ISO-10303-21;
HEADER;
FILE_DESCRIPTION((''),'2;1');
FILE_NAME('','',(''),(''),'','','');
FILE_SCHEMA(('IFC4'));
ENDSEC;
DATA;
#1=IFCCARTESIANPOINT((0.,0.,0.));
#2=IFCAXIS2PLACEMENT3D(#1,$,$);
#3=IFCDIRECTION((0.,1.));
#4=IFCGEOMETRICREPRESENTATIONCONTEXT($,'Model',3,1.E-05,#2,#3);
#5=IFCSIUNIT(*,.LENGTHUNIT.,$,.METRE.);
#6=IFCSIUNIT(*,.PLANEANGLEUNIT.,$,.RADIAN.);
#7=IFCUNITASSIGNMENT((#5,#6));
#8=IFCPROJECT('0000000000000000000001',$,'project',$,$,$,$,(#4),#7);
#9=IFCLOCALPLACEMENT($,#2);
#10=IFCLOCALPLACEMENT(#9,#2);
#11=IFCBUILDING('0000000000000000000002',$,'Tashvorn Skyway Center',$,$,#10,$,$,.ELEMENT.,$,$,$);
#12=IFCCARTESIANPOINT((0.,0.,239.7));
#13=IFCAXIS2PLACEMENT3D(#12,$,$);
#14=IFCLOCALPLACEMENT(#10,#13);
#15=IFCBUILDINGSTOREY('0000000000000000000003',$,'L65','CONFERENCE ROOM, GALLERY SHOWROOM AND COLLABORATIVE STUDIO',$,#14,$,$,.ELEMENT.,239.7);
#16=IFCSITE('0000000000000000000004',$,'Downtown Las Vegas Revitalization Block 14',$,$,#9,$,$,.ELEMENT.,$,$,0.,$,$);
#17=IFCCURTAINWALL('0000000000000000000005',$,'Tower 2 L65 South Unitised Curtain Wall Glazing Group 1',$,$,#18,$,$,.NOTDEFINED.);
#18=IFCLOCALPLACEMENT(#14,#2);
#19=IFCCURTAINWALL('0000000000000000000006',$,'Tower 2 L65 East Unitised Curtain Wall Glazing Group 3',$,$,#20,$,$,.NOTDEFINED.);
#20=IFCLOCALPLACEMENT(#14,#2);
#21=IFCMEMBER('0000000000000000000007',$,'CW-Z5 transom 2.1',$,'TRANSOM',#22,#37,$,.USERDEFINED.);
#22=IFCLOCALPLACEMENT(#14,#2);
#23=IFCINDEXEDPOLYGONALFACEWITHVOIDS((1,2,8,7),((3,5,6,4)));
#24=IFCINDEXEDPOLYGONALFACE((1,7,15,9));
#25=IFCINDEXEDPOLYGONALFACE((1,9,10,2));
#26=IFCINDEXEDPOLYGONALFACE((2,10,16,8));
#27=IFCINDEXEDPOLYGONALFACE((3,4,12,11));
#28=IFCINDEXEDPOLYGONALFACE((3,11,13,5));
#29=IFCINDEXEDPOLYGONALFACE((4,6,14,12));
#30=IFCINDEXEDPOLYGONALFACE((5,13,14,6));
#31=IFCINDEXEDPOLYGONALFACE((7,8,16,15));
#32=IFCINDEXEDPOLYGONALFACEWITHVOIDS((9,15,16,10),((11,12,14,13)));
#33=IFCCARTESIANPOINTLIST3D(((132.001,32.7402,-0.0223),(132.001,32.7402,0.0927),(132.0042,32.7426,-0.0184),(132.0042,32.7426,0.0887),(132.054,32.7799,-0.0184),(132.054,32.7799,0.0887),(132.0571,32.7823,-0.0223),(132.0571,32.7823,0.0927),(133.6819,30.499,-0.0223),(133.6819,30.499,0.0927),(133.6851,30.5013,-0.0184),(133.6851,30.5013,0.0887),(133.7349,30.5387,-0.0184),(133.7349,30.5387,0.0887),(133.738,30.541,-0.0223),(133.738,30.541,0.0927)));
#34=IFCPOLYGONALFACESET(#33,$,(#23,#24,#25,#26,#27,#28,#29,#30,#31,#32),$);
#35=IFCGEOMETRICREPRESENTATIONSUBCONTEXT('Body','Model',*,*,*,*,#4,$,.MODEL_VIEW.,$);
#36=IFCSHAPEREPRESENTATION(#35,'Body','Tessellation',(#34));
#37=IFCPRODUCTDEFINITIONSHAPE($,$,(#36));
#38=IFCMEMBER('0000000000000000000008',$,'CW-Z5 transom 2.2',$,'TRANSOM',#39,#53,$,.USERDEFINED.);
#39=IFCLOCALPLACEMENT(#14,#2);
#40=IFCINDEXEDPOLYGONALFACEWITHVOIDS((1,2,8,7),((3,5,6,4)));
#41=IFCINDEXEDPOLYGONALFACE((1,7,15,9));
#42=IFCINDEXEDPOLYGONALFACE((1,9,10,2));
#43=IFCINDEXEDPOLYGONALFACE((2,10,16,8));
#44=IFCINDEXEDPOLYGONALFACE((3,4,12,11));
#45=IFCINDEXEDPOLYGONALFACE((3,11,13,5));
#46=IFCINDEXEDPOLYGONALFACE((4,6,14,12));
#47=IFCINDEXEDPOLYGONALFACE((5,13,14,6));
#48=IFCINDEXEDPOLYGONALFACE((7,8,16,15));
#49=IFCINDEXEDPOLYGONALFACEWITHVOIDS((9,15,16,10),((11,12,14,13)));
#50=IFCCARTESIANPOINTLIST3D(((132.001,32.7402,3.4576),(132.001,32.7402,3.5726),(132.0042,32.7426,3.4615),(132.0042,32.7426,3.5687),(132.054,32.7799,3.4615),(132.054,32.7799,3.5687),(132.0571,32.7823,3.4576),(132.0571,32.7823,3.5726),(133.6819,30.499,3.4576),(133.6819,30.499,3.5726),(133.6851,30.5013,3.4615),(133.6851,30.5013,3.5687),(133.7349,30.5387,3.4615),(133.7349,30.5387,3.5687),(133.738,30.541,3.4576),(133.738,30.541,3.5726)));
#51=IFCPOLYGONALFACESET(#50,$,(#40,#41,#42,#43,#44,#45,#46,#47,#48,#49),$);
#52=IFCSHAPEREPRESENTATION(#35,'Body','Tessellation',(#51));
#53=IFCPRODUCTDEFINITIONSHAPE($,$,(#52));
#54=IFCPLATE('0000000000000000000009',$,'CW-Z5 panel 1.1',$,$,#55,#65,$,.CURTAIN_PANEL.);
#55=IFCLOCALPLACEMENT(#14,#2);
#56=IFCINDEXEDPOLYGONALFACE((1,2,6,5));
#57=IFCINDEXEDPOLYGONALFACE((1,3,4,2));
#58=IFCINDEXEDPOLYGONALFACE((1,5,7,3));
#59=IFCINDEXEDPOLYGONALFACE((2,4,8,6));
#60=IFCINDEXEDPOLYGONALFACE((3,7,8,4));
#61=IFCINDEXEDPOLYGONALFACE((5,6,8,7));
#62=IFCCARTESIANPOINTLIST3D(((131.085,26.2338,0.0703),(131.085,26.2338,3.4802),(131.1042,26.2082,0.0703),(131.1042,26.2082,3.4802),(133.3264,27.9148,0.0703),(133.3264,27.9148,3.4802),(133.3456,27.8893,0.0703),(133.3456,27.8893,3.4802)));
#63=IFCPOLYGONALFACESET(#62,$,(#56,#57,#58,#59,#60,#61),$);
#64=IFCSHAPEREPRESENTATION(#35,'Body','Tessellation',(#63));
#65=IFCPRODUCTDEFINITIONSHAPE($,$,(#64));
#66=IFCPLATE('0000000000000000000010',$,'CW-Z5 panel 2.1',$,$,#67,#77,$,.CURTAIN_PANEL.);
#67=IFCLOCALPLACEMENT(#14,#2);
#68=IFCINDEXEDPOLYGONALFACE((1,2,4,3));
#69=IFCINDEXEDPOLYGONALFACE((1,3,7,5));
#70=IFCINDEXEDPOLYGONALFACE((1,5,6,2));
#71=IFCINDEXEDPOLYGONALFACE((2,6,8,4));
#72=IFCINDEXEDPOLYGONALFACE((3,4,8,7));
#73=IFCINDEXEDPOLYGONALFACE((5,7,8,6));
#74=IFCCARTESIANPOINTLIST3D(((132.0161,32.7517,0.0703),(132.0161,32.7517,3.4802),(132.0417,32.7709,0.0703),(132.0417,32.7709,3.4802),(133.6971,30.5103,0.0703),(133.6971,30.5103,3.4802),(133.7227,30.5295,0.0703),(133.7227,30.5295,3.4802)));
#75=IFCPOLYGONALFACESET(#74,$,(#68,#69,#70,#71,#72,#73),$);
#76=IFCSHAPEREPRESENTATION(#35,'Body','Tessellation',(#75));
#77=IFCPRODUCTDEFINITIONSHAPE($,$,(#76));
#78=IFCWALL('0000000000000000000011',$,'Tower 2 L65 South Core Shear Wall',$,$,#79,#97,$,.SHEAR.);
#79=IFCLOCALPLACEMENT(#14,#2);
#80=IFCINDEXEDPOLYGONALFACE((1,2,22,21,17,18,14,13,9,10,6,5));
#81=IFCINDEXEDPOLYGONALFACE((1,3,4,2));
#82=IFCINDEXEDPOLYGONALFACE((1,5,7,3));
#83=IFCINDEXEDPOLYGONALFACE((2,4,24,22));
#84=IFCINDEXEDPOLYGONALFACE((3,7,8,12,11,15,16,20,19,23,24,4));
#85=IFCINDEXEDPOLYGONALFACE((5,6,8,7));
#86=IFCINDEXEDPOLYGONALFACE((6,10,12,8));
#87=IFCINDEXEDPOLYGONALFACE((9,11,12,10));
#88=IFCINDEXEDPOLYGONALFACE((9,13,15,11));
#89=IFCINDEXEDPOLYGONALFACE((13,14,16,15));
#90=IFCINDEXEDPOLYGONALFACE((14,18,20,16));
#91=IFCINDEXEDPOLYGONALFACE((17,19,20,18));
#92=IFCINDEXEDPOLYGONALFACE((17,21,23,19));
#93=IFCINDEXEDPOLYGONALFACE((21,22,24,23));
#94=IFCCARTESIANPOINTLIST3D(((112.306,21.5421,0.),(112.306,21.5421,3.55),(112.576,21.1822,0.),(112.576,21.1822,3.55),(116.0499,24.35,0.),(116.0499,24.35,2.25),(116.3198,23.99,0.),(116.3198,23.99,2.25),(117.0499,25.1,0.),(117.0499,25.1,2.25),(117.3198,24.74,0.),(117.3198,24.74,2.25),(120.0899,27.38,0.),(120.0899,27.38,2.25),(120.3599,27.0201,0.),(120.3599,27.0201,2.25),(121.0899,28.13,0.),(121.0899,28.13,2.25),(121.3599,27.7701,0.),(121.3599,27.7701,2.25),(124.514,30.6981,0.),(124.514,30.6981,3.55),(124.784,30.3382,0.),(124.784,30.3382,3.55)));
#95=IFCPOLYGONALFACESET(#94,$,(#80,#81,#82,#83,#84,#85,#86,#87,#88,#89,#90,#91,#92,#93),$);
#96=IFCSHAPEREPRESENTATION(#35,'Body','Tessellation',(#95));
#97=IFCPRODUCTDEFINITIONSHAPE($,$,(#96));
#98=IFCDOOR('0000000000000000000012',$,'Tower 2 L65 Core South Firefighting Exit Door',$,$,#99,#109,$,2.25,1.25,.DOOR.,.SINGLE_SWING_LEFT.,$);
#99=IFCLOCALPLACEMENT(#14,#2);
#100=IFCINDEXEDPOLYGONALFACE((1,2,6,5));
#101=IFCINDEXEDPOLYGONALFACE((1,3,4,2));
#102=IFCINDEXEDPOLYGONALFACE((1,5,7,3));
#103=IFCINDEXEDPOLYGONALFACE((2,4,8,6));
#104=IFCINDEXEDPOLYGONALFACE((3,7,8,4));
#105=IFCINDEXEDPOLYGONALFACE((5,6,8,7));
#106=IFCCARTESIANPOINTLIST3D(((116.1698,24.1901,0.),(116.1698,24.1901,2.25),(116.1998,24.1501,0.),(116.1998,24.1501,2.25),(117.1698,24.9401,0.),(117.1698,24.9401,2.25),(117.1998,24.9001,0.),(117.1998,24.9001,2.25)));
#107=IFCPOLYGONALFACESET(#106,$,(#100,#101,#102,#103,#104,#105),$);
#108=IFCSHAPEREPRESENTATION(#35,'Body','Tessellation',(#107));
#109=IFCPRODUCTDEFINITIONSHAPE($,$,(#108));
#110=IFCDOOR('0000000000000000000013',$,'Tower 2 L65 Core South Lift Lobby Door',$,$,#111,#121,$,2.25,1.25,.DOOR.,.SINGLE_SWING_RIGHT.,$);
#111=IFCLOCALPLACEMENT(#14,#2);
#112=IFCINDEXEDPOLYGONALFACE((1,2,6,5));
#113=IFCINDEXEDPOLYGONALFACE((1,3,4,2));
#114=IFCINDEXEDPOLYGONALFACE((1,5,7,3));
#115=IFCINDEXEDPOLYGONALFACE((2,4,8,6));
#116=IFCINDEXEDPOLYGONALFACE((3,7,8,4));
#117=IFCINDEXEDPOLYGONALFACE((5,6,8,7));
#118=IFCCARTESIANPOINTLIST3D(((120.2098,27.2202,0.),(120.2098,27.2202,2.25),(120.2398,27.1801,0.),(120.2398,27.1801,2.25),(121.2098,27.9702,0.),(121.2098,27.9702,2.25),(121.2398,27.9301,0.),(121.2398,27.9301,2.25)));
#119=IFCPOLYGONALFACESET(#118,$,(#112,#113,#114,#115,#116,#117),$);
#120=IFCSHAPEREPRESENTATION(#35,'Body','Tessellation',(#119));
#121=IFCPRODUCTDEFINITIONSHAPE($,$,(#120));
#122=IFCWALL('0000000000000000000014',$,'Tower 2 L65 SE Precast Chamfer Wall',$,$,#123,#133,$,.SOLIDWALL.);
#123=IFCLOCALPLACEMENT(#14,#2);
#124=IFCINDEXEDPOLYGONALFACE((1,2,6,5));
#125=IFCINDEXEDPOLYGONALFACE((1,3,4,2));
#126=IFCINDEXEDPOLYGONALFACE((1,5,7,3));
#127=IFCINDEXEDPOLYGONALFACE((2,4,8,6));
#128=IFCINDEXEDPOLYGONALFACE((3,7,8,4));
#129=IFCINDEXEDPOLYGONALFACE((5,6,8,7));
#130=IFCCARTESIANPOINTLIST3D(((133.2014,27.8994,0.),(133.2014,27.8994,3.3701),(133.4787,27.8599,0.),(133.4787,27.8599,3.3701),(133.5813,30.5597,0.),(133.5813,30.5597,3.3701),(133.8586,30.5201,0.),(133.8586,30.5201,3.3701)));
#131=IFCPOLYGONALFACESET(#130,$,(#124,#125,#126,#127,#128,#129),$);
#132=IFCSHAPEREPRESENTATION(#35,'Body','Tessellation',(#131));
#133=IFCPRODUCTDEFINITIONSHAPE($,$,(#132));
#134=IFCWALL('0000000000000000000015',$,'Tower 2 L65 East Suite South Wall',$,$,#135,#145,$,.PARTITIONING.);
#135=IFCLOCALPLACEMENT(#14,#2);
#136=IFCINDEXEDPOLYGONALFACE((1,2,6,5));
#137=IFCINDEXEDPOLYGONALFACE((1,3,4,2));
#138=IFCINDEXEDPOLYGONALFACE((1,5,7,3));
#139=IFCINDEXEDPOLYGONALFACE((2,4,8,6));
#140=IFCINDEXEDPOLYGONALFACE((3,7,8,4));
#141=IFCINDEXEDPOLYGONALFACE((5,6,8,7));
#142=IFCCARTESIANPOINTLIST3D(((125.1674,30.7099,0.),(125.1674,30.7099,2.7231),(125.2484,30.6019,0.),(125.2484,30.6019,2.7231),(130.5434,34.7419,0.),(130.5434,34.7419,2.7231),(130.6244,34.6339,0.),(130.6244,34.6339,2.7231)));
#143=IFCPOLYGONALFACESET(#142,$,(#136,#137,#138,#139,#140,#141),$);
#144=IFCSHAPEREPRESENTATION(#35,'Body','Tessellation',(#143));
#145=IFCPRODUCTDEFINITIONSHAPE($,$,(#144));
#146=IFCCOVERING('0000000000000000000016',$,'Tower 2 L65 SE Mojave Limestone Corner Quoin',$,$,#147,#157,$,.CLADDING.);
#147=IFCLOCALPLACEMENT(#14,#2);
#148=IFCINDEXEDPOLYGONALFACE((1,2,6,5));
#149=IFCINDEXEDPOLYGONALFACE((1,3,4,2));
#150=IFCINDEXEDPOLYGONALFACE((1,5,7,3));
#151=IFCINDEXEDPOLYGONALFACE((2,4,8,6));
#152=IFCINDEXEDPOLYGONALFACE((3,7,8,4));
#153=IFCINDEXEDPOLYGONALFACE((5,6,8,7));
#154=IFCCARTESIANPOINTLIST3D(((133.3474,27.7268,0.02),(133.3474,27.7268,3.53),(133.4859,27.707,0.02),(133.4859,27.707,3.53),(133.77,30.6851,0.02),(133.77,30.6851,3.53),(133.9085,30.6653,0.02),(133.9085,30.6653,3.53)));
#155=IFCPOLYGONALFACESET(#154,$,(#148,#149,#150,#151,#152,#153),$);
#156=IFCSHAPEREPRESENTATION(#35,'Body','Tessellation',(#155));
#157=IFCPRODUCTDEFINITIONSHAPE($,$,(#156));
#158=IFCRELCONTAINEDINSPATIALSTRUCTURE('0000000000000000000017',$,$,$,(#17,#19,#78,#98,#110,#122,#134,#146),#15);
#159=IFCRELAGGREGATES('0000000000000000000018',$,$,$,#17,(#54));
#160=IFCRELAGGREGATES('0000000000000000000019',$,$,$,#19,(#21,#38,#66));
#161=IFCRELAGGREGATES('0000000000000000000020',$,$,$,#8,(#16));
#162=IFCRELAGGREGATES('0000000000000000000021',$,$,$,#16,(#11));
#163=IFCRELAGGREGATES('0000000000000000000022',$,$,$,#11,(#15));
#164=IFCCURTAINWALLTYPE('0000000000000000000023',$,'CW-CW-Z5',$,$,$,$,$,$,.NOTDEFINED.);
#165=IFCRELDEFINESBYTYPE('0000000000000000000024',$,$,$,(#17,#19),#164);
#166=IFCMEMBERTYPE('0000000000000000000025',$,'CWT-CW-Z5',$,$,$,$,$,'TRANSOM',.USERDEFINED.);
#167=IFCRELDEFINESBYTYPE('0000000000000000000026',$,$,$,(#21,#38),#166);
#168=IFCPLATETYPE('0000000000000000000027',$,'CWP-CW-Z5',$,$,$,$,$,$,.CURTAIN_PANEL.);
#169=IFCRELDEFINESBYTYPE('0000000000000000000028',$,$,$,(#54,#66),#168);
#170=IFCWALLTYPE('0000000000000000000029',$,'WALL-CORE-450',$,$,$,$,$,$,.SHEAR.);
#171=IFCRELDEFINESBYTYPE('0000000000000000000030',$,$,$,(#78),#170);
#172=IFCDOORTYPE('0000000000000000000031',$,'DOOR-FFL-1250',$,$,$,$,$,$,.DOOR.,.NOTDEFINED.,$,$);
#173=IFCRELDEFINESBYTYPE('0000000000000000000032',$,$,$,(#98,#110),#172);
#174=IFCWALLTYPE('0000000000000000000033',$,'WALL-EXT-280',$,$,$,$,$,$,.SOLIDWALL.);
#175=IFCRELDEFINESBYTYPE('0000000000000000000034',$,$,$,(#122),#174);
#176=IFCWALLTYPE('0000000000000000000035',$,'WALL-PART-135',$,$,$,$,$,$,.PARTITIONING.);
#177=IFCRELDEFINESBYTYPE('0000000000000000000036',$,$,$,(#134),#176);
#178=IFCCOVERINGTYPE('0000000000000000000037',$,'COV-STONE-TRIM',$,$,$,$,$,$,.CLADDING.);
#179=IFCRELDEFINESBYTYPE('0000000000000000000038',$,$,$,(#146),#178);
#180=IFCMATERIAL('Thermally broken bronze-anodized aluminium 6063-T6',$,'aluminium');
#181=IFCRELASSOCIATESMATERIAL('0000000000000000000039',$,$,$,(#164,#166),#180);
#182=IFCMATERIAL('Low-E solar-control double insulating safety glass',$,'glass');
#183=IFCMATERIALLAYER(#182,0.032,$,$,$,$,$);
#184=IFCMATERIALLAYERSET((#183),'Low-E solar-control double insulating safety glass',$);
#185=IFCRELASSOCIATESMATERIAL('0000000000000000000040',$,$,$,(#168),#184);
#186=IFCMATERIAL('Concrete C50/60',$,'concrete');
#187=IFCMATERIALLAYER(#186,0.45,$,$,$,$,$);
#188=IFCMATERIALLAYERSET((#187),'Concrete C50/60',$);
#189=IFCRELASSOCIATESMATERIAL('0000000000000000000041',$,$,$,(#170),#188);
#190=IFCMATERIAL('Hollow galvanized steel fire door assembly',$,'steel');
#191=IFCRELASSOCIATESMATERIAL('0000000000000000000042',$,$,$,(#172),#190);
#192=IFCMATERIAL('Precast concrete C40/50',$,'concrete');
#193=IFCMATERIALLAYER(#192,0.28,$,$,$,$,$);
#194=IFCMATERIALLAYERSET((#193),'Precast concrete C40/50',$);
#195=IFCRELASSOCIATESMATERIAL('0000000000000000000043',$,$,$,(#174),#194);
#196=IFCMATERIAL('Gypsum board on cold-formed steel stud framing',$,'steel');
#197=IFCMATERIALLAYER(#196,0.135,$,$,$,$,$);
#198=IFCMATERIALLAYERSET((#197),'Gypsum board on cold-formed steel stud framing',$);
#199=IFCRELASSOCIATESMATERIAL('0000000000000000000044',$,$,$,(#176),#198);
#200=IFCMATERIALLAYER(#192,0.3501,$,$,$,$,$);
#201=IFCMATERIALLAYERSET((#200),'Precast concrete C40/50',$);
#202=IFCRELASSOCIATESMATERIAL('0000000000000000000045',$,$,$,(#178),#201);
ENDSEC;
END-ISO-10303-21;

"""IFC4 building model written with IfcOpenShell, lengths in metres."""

from ifc_helpers import new_model, si_unit, direction, frame, frame_2d, origin, origin_2d, place, context, subcontext, project, spatial, rectangle, hollow_rectangle, extrude, material, layer, layer_set, material_profile, profile_set, type_object, element, fill, aggregate, save


model = new_model("IFC4")

# Units and contexts
model_context = context("Model", 3, precision=1e-05, world=origin(), true_north=direction((0.0, 1.0)))
body_context = subcontext(model_context, "Body", "Model", "MODEL_VIEW")
ifc_project = project(units=[si_unit("LENGTHUNIT", "METRE"), si_unit("PLANEANGLEUNIT", "RADIAN")], contexts=[model_context])

# Site, building, storey
site_placement = place(None, origin())
site = spatial("IfcSite", under=ifc_project, at=site_placement, Name="Downtown Las Vegas Revitalization Block 14", CompositionType="ELEMENT", RefElevation=0.0)
building_placement = place(site_placement, origin())
building = spatial("IfcBuilding", under=site, at=building_placement, Name="Tashvorn Skyway Center", CompositionType="ELEMENT")
storey_placement = place(building_placement, frame((0.0, 0.0, 239.7)))
storey = spatial("IfcBuildingStorey", under=building, at=storey_placement, Name="L65", Description="CONFERENCE ROOM, GALLERY SHOWROOM AND COLLABORATIVE STUDIO", CompositionType="ELEMENT", Elevation=239.7)

# Curtain wall
ifc_material_1 = material(Name="Thermally broken bronze-anodized aluminium 6063-T6", Category="aluminium")
curtain_wall_type = type_object("IfcCurtainWallType", Name="CW-CW-Z5", PredefinedType="NOTDEFINED", material=ifc_material_1)
curtain_wall_1_placement = place(storey_placement, origin())
curtain_wall_1 = element("IfcCurtainWall", 1, at=curtain_wall_1_placement, inside=storey, type_object=curtain_wall_type, Name="Tower 2 L65 South Unitised Curtain Wall Glazing Group 1", PredefinedType="NOTDEFINED")

# Curtain wall
curtain_wall_2_placement = place(storey_placement, origin())
curtain_wall_2 = element("IfcCurtainWall", 2, at=curtain_wall_2_placement, inside=storey, type_object=curtain_wall_type, Name="Tower 2 L65 East Unitised Curtain Wall Glazing Group 3", PredefinedType="NOTDEFINED")

# Members
ifc_material_profile_1 = material_profile(ifc_material_1, hollow_rectangle(XDim=0.0701, YDim=0.115, WallThickness=0.0039, at=origin_2d()), Name="ALU-TRAN-70x115")
ifc_profile_set_1 = profile_set([ifc_material_profile_1], Name="Thermally broken bronze-anodized aluminium 6063-T6")
member_type_1 = type_object("IfcMemberType", Name="CWT-CW-Z5", ElementType="TRANSOM", PredefinedType="USERDEFINED", material=ifc_profile_set_1)
member_1_placement = place(storey_placement, frame((132.0291, 32.7612, 0.0352), z_axis=(0.6, -0.8, 0.0), x_axis=(0.8, 0.6, 0.0)))
member_1 = element("IfcMember", 3, at=member_1_placement, type_object=member_type_1, Name="CW-Z5 transom 2.1", ObjectType="TRANSOM", PredefinedType="USERDEFINED", context=body_context, shape_type="SweptSolid", body=[
    extrude(hollow_rectangle(XDim=0.0701, YDim=0.115, WallThickness=0.0039, at=origin_2d()), origin(), (0.0, 0.0, 1.0), 2.8015),
])
member_2_placement = place(storey_placement, frame((132.0291, 32.7612, 3.5151), z_axis=(0.6, -0.8, 0.0), x_axis=(0.8, 0.6, 0.0)))
member_2 = element("IfcMember", 4, at=member_2_placement, type_object=member_type_1, Name="CW-Z5 transom 2.2", ObjectType="TRANSOM", PredefinedType="USERDEFINED", context=body_context, shape_type="SweptSolid", body=[
    extrude(hollow_rectangle(XDim=0.0701, YDim=0.115, WallThickness=0.0039, at=origin_2d()), origin(), (0.0, 0.0, 1.0), 2.8015),
])

# Plates
ifc_material_2 = material(Name="Low-E solar-control double insulating safety glass", Category="glass")
ifc_layer_1 = layer(ifc_material_2, 0.032)
ifc_layer_set_1 = layer_set([ifc_layer_1], Name="Low-E solar-control double insulating safety glass")
plate_type = type_object("IfcPlateType", Name="CWP-CW-Z5", PredefinedType="CURTAIN_PANEL", material=ifc_layer_set_1)
plate_1_placement = place(storey_placement, frame((132.2153, 27.0615, 0.0703), z_axis=(0.0, 0.0, 1.0), x_axis=(-0.800002, -0.599997, 0.0)))
plate_1 = element("IfcPlate", 5, at=plate_1_placement, type_object=plate_type, Name="CW-Z5 panel 1.1", PredefinedType="CURTAIN_PANEL", context=body_context, shape_type="SweptSolid", body=[
    extrude(rectangle(XDim=2.8018, YDim=0.032, at=origin_2d()), origin(), (0.0, 0.0, 1.0), 3.4099),
])
aggregate(curtain_wall_1, [plate_1])
plate_2_placement = place(storey_placement, frame((132.8694, 31.6406, 0.0703), z_axis=(0.0, 0.0, 1.0), x_axis=(0.599997, -0.800002, 0.0)))
plate_2 = element("IfcPlate", 6, at=plate_2_placement, type_object=plate_type, Name="CW-Z5 panel 2.1", PredefinedType="CURTAIN_PANEL", context=body_context, shape_type="SweptSolid", body=[
    extrude(rectangle(XDim=2.8018, YDim=0.032, at=origin_2d()), origin(), (0.0, 0.0, 1.0), 3.4099),
])
aggregate(curtain_wall_2, [member_1, member_2, plate_2])

# Wall, openings, doors
ifc_material_3 = material(Name="Concrete C50/60", Category="concrete")
ifc_layer_2 = layer(ifc_material_3, 0.45)
ifc_layer_set_2 = layer_set([ifc_layer_2], Name="Concrete C50/60")
wall_type_1 = type_object("IfcWallType", Name="WALL-CORE-450", PredefinedType="SHEAR", material=ifc_layer_set_2)
wall_1_placement = place(storey_placement, frame((124.6489, 30.5181, 0.0), z_axis=(0.0, 0.0, 1.0), x_axis=(-0.8, -0.6, 0.0)))
wall_1 = element("IfcWall", 7, at=wall_1_placement, inside=storey, type_object=wall_type_1, Name="Tower 2 L65 South Core Shear Wall", PredefinedType="SHEAR", context=body_context, shape_type="SweptSolid", body=[
    extrude(rectangle(XDim=15.26, YDim=0.45, at=frame_2d((7.6299, 0.0))), origin(), (0.0, 0.0, 1.0), 3.55),
])
opening_1_placement = place(wall_1_placement, frame((9.3301, 0.0, 0.0)))
opening_1 = element("IfcOpeningElement", 8, at=opening_1_placement, cuts=wall_1, PredefinedType="OPENING", context=body_context, shape_type="SweptSolid", body=[
    extrude(rectangle(XDim=1.25, YDim=2.25, at=frame_2d((0.625, 1.125))), frame((0.0, 0.2349, 0.0), z_axis=(0.0, -1.0, 0.0), x_axis=(1.0, 0.0, 0.0)), (0.0, 0.0, 1.0), 0.47),
])
opening_2_placement = place(wall_1_placement, frame((4.28, 0.0, 0.0)))
opening_2 = element("IfcOpeningElement", 9, at=opening_2_placement, cuts=wall_1, PredefinedType="OPENING", context=body_context, shape_type="SweptSolid", body=[
    extrude(rectangle(XDim=1.25, YDim=2.25, at=frame_2d((0.625, 1.125))), frame((0.0, 0.2349, 0.0), z_axis=(0.0, -1.0, 0.0), x_axis=(1.0, 0.0, 0.0)), (0.0, 0.0, 1.0), 0.47),
])
ifc_material_4 = material(Name="Hollow galvanized steel fire door assembly", Category="steel")
door_type = type_object("IfcDoorType", Name="DOOR-FFL-1250", OperationType="NOTDEFINED", PredefinedType="DOOR", material=ifc_material_4)
door_1_placement = place(opening_1_placement, origin())
door_1 = element("IfcDoor", 10, at=door_1_placement, inside=storey, type_object=door_type, Name="Tower 2 L65 Core South Firefighting Exit Door", OperationType="SINGLE_SWING_LEFT", OverallHeight=2.25, OverallWidth=1.25, PredefinedType="DOOR", context=body_context, shape_type="SweptSolid", body=[
    extrude(rectangle(XDim=1.25, YDim=2.25, at=frame_2d((0.625, 1.125))), frame((0.0, 0.0249, 0.0), z_axis=(0.0, -1.0, 0.0), x_axis=(1.0, 0.0, 0.0)), (0.0, 0.0, 1.0), 0.05),
])
fill(opening_1, door_1)
door_2_placement = place(opening_2_placement, origin())
door_2 = element("IfcDoor", 11, at=door_2_placement, inside=storey, type_object=door_type, Name="Tower 2 L65 Core South Lift Lobby Door", OperationType="SINGLE_SWING_RIGHT", OverallHeight=2.25, OverallWidth=1.25, PredefinedType="DOOR", context=body_context, shape_type="SweptSolid", body=[
    extrude(rectangle(XDim=1.25, YDim=2.25, at=frame_2d((0.625, 1.125))), frame((0.0, 0.0249, 0.0), z_axis=(0.0, -1.0, 0.0), x_axis=(1.0, 0.0, 0.0)), (0.0, 0.0, 1.0), 0.05),
])
fill(opening_2, door_2)

# Walls
ifc_material_5 = material(Name="Precast concrete C40/50", Category="concrete")
ifc_layer_3 = layer(ifc_material_5, 0.28)
ifc_layer_set_3 = layer_set([ifc_layer_3], Name="Precast concrete C40/50")
wall_type_2 = type_object("IfcWallType", Name="WALL-EXT-280", PredefinedType="SOLIDWALL", material=ifc_layer_set_3)
wall_2_placement = place(storey_placement, frame((133.72, 30.54, 0.0), z_axis=(0.0, 0.0, 1.0), x_axis=(-0.14137, -0.989957, 0.0)))
element("IfcWall", 12, at=wall_2_placement, inside=storey, type_object=wall_type_2, Name="Tower 2 L65 SE Precast Chamfer Wall", PredefinedType="SOLIDWALL", context=body_context, shape_type="SweptSolid", body=[
    extrude(rectangle(XDim=2.6873, YDim=0.28, at=frame_2d((1.3438, 0.0))), origin(), (0.0, 0.0, 1.0), 3.3701),
])
ifc_material_6 = material(Name="Gypsum board on cold-formed steel stud framing", Category="steel")
ifc_layer_4 = layer(ifc_material_6, 0.135)
ifc_layer_set_4 = layer_set([ifc_layer_4], Name="Gypsum board on cold-formed steel stud framing")
wall_type_3 = type_object("IfcWallType", Name="WALL-PART-135", PredefinedType="PARTITIONING", material=ifc_layer_set_4)
wall_3_placement = place(storey_placement, frame((125.208, 30.656, 0.0), z_axis=(0.0, 0.0, 1.0), x_axis=(0.8, 0.6, 0.0)))
element("IfcWall", 13, at=wall_3_placement, inside=storey, type_object=wall_type_3, Name="Tower 2 L65 East Suite South Wall", PredefinedType="PARTITIONING", context=body_context, shape_type="SweptSolid", body=[
    extrude(rectangle(XDim=6.72, YDim=0.135, at=frame_2d((3.3599, 0.0))), origin(), (0.0, 0.0, 1.0), 2.7231),
])

# Covering
ifc_layer_5 = layer(ifc_material_5, 0.3501)
ifc_layer_set_5 = layer_set([ifc_layer_5], Name="Precast concrete C40/50")
covering_type = type_object("IfcCoveringType", Name="COV-STONE-TRIM", PredefinedType="CLADDING", material=ifc_layer_set_5)
covering_placement = place(storey_placement, frame((133.6279, 29.196, 0.02), z_axis=(0.0, 0.0, 1.0), x_axis=(0.141421, 0.989949, 0.0)))
element("IfcCovering", 14, at=covering_placement, inside=storey, type_object=covering_type, Name="Tower 2 L65 SE Mojave Limestone Corner Quoin", PredefinedType="CLADDING", context=body_context, shape_type="SweptSolid", body=[
    extrude(rectangle(XDim=2.9883, YDim=0.1399, at=origin_2d()), origin(), (0.0, 0.0, 1.0), 3.51),
])

save(model, "model.ifc")
